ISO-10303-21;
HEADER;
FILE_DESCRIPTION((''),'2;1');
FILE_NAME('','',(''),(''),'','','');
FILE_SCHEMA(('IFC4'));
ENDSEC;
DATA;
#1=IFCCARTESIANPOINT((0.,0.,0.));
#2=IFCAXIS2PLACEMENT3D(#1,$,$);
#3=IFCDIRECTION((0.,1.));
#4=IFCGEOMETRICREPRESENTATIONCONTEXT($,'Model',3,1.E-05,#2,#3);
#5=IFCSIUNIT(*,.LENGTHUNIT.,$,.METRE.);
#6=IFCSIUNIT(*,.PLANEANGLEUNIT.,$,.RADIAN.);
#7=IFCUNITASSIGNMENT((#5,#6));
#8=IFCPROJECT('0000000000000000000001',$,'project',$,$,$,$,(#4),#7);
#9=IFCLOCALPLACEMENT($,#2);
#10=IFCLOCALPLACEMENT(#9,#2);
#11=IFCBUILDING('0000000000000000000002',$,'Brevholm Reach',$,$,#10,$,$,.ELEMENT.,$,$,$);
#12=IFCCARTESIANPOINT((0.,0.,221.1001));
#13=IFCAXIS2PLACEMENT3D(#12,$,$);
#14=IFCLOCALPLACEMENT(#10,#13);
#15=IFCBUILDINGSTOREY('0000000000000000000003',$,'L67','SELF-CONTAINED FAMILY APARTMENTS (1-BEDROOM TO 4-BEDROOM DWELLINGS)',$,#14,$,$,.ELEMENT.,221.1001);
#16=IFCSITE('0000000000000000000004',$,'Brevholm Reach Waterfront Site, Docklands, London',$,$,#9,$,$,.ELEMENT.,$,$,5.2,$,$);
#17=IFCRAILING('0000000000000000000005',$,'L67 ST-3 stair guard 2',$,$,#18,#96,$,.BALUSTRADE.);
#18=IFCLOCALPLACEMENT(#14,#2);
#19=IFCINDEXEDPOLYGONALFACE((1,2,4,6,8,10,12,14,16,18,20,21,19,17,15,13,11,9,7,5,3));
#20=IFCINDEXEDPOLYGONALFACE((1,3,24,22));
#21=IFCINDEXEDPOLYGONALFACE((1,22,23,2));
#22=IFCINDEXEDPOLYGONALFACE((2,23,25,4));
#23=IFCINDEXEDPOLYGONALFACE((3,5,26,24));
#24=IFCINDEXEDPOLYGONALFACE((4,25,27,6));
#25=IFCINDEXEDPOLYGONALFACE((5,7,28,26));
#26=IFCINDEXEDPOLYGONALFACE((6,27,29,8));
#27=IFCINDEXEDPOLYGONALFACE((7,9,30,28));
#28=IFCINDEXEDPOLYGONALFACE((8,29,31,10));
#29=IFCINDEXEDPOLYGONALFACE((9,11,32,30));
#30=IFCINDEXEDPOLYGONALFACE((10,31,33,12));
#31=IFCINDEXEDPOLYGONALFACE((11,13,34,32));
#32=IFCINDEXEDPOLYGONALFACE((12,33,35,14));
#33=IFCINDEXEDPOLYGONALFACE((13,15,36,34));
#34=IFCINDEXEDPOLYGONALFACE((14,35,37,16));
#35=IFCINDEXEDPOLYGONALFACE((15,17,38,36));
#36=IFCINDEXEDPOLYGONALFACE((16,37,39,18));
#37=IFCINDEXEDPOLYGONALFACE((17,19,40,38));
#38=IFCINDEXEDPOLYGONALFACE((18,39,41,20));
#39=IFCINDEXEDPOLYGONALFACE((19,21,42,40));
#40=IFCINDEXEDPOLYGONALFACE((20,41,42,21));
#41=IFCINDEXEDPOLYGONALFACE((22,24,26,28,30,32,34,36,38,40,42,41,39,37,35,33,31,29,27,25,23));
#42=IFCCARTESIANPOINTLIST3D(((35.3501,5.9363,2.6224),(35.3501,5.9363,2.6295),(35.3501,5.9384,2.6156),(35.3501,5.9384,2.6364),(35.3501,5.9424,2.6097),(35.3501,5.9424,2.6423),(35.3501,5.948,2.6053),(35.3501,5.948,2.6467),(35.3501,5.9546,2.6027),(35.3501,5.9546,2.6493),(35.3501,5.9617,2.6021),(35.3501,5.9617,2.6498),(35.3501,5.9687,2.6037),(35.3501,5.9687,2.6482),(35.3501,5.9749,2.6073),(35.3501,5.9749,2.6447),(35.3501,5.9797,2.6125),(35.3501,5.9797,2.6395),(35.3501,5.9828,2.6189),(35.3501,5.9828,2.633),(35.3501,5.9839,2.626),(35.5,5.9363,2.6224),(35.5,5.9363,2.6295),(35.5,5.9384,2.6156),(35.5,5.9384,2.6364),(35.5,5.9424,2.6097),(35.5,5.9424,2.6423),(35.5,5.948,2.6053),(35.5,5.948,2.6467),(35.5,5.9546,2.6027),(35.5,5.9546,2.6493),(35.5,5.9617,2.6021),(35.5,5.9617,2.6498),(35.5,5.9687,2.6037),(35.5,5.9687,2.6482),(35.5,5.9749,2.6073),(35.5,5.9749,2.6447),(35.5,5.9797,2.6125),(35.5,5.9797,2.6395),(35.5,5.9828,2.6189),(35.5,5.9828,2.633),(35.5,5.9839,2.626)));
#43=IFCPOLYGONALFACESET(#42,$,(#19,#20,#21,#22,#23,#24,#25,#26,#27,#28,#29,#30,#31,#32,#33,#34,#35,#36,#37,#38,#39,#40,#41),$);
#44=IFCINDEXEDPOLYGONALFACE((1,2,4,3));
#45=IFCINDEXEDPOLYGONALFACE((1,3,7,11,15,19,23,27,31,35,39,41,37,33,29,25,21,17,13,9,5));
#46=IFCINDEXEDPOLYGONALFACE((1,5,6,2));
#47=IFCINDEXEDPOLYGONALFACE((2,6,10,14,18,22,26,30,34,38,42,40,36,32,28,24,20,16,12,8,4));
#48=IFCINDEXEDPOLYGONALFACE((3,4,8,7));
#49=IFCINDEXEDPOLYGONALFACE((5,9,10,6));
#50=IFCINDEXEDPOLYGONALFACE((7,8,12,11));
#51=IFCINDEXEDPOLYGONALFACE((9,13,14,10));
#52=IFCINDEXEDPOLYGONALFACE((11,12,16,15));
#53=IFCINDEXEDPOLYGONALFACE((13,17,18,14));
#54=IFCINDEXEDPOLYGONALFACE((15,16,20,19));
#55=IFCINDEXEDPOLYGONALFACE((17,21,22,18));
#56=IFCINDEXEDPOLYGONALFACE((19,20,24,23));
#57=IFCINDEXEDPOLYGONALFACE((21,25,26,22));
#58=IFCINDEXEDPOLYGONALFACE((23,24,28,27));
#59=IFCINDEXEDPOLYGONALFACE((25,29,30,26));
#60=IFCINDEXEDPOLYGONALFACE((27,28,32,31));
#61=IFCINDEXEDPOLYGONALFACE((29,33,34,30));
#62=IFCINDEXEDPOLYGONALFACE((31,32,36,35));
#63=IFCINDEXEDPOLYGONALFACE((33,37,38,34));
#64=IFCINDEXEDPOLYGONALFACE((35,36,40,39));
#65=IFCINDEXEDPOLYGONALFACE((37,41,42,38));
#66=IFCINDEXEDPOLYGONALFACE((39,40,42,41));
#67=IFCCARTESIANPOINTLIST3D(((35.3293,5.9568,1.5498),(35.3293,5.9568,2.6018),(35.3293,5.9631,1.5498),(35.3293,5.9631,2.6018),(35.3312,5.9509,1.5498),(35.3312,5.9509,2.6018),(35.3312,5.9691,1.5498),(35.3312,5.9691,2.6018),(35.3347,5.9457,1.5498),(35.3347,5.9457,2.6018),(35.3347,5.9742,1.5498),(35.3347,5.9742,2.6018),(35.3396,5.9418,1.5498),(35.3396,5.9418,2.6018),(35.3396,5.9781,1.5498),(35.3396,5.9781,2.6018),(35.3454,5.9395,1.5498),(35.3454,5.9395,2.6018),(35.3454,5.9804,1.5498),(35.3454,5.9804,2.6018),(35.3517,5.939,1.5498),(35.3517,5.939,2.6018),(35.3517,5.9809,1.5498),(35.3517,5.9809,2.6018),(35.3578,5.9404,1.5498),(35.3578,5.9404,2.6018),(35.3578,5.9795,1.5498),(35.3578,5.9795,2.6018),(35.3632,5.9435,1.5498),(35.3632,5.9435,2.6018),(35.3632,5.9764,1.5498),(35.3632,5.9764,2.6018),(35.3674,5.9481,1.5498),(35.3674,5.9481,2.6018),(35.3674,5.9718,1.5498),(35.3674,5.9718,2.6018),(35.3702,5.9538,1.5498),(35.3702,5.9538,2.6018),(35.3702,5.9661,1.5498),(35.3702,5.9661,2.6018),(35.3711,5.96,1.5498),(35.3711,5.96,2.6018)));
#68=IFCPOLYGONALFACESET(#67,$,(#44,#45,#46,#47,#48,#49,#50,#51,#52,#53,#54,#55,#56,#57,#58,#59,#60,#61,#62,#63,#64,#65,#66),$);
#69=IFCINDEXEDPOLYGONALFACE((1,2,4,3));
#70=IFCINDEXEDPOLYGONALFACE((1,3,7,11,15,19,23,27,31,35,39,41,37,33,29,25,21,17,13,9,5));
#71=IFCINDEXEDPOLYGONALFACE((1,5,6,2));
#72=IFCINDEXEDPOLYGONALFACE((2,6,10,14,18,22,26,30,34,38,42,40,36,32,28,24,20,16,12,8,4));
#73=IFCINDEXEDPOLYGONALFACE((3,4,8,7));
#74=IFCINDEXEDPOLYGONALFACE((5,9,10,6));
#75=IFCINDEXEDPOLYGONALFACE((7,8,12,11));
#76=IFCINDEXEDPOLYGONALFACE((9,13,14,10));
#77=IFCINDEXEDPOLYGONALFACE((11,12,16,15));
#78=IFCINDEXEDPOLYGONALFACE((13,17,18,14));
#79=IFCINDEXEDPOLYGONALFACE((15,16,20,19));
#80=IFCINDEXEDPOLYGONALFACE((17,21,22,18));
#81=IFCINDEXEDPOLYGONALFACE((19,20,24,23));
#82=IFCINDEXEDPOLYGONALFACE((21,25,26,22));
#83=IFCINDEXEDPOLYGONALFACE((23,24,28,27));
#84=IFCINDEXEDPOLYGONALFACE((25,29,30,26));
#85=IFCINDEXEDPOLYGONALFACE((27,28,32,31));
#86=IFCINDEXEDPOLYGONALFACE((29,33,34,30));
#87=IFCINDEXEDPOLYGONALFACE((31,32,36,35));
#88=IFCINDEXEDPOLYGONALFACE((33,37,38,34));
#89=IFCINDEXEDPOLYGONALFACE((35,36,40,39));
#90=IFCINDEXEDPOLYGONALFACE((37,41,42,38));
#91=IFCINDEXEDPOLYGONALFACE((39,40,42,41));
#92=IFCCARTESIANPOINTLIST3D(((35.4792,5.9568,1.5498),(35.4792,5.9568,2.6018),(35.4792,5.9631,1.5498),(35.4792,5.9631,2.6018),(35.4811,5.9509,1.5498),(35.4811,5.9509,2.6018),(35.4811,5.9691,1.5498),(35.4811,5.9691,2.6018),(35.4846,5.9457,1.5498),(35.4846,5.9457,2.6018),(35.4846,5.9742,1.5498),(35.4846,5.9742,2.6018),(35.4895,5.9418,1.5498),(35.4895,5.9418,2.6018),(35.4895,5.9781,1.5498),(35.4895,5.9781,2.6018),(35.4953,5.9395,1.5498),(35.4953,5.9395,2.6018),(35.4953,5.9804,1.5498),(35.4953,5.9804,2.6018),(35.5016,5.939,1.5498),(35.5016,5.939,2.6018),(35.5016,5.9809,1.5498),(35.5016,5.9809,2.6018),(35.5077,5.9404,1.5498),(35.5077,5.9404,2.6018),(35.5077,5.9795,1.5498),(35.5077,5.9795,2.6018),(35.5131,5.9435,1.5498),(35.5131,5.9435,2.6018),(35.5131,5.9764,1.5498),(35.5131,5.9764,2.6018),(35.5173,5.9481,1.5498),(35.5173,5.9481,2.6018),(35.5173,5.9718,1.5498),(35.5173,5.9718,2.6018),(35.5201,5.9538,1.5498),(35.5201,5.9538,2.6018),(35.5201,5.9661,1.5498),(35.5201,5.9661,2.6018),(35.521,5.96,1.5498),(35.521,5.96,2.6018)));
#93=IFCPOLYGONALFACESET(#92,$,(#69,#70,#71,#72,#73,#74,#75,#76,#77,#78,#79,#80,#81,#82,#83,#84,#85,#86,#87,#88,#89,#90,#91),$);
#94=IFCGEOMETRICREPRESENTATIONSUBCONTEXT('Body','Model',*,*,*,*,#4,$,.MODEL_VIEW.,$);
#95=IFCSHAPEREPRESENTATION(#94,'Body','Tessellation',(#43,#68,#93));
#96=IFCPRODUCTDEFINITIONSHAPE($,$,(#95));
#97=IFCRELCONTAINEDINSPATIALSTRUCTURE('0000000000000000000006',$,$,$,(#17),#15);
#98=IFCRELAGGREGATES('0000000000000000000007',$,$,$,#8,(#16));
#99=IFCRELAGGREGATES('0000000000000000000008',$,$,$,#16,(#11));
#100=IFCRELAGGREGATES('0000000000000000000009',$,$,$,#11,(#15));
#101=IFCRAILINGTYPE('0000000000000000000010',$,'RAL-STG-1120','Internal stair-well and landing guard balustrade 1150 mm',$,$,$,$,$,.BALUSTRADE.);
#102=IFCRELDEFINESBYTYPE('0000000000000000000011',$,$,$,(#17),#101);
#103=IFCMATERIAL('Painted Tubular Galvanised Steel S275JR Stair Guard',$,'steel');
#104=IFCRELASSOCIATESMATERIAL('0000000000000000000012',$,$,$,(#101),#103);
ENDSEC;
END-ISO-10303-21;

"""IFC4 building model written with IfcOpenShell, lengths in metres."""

from ifc_helpers import new_model, si_unit, direction, frame, origin, origin_2d, place, context, subcontext, project, spatial, circle, extrude, material, type_object, element, save


model = new_model("IFC4")

# Units and contexts
model_context = context("Model", 3, precision=1e-05, world=origin(), true_north=direction((0.0, 1.0)))
body_context = subcontext(model_context, "Body", "Model", "MODEL_VIEW")
ifc_project = project(units=[si_unit("LENGTHUNIT", "METRE"), si_unit("PLANEANGLEUNIT", "RADIAN")], contexts=[model_context])

# Site, building, storey
site_placement = place(None, origin())
site = spatial("IfcSite", under=ifc_project, at=site_placement, Name="Brevholm Reach Waterfront Site, Docklands, London", CompositionType="ELEMENT", RefElevation=5.2)
building_placement = place(site_placement, origin())
building = spatial("IfcBuilding", under=site, at=building_placement, Name="Brevholm Reach", CompositionType="ELEMENT")
storey_placement = place(building_placement, frame((0.0, 0.0, 221.1001)))
storey = spatial("IfcBuildingStorey", under=building, at=storey_placement, Name="L67", Description="SELF-CONTAINED FAMILY APARTMENTS (1-BEDROOM TO 4-BEDROOM DWELLINGS)", CompositionType="ELEMENT", Elevation=221.1001)

# Railing
ifc_material_1 = material(Name="Painted Tubular Galvanised Steel S275JR Stair Guard", Category="steel")
railing_type_1 = type_object("IfcRailingType", Name="RAL-STG-1120", Description="Internal stair-well and landing guard balustrade 1150 mm", PredefinedType="BALUSTRADE", material=ifc_material_1)
railing_1_placement = place(storey_placement, frame((35.3501, 5.96, 1.5498)))
element("IfcRailing", 1, at=railing_1_placement, inside=storey, type_object=railing_type_1, Name="L67 ST-3 stair guard 2", PredefinedType="BALUSTRADE", context=body_context, shape_type="SweptSolid", body=[
    extrude(circle(Radius=0.0239, at=origin_2d()), frame((0.0, 0.0, 1.0762), z_axis=(1.0, 0.0, 0.0), x_axis=(0.0, 1.0, 0.0)), (0.0, 0.0, 1.0), 0.1499),
    extrude(circle(Radius=0.021, at=origin_2d()), origin(), (0.0, 0.0, 1.0), 1.052),
    extrude(circle(Radius=0.021, at=origin_2d()), frame((0.1499, 0.0, 0.0)), (0.0, 0.0, 1.0), 1.052),
])

save(model, "model.ifc")
